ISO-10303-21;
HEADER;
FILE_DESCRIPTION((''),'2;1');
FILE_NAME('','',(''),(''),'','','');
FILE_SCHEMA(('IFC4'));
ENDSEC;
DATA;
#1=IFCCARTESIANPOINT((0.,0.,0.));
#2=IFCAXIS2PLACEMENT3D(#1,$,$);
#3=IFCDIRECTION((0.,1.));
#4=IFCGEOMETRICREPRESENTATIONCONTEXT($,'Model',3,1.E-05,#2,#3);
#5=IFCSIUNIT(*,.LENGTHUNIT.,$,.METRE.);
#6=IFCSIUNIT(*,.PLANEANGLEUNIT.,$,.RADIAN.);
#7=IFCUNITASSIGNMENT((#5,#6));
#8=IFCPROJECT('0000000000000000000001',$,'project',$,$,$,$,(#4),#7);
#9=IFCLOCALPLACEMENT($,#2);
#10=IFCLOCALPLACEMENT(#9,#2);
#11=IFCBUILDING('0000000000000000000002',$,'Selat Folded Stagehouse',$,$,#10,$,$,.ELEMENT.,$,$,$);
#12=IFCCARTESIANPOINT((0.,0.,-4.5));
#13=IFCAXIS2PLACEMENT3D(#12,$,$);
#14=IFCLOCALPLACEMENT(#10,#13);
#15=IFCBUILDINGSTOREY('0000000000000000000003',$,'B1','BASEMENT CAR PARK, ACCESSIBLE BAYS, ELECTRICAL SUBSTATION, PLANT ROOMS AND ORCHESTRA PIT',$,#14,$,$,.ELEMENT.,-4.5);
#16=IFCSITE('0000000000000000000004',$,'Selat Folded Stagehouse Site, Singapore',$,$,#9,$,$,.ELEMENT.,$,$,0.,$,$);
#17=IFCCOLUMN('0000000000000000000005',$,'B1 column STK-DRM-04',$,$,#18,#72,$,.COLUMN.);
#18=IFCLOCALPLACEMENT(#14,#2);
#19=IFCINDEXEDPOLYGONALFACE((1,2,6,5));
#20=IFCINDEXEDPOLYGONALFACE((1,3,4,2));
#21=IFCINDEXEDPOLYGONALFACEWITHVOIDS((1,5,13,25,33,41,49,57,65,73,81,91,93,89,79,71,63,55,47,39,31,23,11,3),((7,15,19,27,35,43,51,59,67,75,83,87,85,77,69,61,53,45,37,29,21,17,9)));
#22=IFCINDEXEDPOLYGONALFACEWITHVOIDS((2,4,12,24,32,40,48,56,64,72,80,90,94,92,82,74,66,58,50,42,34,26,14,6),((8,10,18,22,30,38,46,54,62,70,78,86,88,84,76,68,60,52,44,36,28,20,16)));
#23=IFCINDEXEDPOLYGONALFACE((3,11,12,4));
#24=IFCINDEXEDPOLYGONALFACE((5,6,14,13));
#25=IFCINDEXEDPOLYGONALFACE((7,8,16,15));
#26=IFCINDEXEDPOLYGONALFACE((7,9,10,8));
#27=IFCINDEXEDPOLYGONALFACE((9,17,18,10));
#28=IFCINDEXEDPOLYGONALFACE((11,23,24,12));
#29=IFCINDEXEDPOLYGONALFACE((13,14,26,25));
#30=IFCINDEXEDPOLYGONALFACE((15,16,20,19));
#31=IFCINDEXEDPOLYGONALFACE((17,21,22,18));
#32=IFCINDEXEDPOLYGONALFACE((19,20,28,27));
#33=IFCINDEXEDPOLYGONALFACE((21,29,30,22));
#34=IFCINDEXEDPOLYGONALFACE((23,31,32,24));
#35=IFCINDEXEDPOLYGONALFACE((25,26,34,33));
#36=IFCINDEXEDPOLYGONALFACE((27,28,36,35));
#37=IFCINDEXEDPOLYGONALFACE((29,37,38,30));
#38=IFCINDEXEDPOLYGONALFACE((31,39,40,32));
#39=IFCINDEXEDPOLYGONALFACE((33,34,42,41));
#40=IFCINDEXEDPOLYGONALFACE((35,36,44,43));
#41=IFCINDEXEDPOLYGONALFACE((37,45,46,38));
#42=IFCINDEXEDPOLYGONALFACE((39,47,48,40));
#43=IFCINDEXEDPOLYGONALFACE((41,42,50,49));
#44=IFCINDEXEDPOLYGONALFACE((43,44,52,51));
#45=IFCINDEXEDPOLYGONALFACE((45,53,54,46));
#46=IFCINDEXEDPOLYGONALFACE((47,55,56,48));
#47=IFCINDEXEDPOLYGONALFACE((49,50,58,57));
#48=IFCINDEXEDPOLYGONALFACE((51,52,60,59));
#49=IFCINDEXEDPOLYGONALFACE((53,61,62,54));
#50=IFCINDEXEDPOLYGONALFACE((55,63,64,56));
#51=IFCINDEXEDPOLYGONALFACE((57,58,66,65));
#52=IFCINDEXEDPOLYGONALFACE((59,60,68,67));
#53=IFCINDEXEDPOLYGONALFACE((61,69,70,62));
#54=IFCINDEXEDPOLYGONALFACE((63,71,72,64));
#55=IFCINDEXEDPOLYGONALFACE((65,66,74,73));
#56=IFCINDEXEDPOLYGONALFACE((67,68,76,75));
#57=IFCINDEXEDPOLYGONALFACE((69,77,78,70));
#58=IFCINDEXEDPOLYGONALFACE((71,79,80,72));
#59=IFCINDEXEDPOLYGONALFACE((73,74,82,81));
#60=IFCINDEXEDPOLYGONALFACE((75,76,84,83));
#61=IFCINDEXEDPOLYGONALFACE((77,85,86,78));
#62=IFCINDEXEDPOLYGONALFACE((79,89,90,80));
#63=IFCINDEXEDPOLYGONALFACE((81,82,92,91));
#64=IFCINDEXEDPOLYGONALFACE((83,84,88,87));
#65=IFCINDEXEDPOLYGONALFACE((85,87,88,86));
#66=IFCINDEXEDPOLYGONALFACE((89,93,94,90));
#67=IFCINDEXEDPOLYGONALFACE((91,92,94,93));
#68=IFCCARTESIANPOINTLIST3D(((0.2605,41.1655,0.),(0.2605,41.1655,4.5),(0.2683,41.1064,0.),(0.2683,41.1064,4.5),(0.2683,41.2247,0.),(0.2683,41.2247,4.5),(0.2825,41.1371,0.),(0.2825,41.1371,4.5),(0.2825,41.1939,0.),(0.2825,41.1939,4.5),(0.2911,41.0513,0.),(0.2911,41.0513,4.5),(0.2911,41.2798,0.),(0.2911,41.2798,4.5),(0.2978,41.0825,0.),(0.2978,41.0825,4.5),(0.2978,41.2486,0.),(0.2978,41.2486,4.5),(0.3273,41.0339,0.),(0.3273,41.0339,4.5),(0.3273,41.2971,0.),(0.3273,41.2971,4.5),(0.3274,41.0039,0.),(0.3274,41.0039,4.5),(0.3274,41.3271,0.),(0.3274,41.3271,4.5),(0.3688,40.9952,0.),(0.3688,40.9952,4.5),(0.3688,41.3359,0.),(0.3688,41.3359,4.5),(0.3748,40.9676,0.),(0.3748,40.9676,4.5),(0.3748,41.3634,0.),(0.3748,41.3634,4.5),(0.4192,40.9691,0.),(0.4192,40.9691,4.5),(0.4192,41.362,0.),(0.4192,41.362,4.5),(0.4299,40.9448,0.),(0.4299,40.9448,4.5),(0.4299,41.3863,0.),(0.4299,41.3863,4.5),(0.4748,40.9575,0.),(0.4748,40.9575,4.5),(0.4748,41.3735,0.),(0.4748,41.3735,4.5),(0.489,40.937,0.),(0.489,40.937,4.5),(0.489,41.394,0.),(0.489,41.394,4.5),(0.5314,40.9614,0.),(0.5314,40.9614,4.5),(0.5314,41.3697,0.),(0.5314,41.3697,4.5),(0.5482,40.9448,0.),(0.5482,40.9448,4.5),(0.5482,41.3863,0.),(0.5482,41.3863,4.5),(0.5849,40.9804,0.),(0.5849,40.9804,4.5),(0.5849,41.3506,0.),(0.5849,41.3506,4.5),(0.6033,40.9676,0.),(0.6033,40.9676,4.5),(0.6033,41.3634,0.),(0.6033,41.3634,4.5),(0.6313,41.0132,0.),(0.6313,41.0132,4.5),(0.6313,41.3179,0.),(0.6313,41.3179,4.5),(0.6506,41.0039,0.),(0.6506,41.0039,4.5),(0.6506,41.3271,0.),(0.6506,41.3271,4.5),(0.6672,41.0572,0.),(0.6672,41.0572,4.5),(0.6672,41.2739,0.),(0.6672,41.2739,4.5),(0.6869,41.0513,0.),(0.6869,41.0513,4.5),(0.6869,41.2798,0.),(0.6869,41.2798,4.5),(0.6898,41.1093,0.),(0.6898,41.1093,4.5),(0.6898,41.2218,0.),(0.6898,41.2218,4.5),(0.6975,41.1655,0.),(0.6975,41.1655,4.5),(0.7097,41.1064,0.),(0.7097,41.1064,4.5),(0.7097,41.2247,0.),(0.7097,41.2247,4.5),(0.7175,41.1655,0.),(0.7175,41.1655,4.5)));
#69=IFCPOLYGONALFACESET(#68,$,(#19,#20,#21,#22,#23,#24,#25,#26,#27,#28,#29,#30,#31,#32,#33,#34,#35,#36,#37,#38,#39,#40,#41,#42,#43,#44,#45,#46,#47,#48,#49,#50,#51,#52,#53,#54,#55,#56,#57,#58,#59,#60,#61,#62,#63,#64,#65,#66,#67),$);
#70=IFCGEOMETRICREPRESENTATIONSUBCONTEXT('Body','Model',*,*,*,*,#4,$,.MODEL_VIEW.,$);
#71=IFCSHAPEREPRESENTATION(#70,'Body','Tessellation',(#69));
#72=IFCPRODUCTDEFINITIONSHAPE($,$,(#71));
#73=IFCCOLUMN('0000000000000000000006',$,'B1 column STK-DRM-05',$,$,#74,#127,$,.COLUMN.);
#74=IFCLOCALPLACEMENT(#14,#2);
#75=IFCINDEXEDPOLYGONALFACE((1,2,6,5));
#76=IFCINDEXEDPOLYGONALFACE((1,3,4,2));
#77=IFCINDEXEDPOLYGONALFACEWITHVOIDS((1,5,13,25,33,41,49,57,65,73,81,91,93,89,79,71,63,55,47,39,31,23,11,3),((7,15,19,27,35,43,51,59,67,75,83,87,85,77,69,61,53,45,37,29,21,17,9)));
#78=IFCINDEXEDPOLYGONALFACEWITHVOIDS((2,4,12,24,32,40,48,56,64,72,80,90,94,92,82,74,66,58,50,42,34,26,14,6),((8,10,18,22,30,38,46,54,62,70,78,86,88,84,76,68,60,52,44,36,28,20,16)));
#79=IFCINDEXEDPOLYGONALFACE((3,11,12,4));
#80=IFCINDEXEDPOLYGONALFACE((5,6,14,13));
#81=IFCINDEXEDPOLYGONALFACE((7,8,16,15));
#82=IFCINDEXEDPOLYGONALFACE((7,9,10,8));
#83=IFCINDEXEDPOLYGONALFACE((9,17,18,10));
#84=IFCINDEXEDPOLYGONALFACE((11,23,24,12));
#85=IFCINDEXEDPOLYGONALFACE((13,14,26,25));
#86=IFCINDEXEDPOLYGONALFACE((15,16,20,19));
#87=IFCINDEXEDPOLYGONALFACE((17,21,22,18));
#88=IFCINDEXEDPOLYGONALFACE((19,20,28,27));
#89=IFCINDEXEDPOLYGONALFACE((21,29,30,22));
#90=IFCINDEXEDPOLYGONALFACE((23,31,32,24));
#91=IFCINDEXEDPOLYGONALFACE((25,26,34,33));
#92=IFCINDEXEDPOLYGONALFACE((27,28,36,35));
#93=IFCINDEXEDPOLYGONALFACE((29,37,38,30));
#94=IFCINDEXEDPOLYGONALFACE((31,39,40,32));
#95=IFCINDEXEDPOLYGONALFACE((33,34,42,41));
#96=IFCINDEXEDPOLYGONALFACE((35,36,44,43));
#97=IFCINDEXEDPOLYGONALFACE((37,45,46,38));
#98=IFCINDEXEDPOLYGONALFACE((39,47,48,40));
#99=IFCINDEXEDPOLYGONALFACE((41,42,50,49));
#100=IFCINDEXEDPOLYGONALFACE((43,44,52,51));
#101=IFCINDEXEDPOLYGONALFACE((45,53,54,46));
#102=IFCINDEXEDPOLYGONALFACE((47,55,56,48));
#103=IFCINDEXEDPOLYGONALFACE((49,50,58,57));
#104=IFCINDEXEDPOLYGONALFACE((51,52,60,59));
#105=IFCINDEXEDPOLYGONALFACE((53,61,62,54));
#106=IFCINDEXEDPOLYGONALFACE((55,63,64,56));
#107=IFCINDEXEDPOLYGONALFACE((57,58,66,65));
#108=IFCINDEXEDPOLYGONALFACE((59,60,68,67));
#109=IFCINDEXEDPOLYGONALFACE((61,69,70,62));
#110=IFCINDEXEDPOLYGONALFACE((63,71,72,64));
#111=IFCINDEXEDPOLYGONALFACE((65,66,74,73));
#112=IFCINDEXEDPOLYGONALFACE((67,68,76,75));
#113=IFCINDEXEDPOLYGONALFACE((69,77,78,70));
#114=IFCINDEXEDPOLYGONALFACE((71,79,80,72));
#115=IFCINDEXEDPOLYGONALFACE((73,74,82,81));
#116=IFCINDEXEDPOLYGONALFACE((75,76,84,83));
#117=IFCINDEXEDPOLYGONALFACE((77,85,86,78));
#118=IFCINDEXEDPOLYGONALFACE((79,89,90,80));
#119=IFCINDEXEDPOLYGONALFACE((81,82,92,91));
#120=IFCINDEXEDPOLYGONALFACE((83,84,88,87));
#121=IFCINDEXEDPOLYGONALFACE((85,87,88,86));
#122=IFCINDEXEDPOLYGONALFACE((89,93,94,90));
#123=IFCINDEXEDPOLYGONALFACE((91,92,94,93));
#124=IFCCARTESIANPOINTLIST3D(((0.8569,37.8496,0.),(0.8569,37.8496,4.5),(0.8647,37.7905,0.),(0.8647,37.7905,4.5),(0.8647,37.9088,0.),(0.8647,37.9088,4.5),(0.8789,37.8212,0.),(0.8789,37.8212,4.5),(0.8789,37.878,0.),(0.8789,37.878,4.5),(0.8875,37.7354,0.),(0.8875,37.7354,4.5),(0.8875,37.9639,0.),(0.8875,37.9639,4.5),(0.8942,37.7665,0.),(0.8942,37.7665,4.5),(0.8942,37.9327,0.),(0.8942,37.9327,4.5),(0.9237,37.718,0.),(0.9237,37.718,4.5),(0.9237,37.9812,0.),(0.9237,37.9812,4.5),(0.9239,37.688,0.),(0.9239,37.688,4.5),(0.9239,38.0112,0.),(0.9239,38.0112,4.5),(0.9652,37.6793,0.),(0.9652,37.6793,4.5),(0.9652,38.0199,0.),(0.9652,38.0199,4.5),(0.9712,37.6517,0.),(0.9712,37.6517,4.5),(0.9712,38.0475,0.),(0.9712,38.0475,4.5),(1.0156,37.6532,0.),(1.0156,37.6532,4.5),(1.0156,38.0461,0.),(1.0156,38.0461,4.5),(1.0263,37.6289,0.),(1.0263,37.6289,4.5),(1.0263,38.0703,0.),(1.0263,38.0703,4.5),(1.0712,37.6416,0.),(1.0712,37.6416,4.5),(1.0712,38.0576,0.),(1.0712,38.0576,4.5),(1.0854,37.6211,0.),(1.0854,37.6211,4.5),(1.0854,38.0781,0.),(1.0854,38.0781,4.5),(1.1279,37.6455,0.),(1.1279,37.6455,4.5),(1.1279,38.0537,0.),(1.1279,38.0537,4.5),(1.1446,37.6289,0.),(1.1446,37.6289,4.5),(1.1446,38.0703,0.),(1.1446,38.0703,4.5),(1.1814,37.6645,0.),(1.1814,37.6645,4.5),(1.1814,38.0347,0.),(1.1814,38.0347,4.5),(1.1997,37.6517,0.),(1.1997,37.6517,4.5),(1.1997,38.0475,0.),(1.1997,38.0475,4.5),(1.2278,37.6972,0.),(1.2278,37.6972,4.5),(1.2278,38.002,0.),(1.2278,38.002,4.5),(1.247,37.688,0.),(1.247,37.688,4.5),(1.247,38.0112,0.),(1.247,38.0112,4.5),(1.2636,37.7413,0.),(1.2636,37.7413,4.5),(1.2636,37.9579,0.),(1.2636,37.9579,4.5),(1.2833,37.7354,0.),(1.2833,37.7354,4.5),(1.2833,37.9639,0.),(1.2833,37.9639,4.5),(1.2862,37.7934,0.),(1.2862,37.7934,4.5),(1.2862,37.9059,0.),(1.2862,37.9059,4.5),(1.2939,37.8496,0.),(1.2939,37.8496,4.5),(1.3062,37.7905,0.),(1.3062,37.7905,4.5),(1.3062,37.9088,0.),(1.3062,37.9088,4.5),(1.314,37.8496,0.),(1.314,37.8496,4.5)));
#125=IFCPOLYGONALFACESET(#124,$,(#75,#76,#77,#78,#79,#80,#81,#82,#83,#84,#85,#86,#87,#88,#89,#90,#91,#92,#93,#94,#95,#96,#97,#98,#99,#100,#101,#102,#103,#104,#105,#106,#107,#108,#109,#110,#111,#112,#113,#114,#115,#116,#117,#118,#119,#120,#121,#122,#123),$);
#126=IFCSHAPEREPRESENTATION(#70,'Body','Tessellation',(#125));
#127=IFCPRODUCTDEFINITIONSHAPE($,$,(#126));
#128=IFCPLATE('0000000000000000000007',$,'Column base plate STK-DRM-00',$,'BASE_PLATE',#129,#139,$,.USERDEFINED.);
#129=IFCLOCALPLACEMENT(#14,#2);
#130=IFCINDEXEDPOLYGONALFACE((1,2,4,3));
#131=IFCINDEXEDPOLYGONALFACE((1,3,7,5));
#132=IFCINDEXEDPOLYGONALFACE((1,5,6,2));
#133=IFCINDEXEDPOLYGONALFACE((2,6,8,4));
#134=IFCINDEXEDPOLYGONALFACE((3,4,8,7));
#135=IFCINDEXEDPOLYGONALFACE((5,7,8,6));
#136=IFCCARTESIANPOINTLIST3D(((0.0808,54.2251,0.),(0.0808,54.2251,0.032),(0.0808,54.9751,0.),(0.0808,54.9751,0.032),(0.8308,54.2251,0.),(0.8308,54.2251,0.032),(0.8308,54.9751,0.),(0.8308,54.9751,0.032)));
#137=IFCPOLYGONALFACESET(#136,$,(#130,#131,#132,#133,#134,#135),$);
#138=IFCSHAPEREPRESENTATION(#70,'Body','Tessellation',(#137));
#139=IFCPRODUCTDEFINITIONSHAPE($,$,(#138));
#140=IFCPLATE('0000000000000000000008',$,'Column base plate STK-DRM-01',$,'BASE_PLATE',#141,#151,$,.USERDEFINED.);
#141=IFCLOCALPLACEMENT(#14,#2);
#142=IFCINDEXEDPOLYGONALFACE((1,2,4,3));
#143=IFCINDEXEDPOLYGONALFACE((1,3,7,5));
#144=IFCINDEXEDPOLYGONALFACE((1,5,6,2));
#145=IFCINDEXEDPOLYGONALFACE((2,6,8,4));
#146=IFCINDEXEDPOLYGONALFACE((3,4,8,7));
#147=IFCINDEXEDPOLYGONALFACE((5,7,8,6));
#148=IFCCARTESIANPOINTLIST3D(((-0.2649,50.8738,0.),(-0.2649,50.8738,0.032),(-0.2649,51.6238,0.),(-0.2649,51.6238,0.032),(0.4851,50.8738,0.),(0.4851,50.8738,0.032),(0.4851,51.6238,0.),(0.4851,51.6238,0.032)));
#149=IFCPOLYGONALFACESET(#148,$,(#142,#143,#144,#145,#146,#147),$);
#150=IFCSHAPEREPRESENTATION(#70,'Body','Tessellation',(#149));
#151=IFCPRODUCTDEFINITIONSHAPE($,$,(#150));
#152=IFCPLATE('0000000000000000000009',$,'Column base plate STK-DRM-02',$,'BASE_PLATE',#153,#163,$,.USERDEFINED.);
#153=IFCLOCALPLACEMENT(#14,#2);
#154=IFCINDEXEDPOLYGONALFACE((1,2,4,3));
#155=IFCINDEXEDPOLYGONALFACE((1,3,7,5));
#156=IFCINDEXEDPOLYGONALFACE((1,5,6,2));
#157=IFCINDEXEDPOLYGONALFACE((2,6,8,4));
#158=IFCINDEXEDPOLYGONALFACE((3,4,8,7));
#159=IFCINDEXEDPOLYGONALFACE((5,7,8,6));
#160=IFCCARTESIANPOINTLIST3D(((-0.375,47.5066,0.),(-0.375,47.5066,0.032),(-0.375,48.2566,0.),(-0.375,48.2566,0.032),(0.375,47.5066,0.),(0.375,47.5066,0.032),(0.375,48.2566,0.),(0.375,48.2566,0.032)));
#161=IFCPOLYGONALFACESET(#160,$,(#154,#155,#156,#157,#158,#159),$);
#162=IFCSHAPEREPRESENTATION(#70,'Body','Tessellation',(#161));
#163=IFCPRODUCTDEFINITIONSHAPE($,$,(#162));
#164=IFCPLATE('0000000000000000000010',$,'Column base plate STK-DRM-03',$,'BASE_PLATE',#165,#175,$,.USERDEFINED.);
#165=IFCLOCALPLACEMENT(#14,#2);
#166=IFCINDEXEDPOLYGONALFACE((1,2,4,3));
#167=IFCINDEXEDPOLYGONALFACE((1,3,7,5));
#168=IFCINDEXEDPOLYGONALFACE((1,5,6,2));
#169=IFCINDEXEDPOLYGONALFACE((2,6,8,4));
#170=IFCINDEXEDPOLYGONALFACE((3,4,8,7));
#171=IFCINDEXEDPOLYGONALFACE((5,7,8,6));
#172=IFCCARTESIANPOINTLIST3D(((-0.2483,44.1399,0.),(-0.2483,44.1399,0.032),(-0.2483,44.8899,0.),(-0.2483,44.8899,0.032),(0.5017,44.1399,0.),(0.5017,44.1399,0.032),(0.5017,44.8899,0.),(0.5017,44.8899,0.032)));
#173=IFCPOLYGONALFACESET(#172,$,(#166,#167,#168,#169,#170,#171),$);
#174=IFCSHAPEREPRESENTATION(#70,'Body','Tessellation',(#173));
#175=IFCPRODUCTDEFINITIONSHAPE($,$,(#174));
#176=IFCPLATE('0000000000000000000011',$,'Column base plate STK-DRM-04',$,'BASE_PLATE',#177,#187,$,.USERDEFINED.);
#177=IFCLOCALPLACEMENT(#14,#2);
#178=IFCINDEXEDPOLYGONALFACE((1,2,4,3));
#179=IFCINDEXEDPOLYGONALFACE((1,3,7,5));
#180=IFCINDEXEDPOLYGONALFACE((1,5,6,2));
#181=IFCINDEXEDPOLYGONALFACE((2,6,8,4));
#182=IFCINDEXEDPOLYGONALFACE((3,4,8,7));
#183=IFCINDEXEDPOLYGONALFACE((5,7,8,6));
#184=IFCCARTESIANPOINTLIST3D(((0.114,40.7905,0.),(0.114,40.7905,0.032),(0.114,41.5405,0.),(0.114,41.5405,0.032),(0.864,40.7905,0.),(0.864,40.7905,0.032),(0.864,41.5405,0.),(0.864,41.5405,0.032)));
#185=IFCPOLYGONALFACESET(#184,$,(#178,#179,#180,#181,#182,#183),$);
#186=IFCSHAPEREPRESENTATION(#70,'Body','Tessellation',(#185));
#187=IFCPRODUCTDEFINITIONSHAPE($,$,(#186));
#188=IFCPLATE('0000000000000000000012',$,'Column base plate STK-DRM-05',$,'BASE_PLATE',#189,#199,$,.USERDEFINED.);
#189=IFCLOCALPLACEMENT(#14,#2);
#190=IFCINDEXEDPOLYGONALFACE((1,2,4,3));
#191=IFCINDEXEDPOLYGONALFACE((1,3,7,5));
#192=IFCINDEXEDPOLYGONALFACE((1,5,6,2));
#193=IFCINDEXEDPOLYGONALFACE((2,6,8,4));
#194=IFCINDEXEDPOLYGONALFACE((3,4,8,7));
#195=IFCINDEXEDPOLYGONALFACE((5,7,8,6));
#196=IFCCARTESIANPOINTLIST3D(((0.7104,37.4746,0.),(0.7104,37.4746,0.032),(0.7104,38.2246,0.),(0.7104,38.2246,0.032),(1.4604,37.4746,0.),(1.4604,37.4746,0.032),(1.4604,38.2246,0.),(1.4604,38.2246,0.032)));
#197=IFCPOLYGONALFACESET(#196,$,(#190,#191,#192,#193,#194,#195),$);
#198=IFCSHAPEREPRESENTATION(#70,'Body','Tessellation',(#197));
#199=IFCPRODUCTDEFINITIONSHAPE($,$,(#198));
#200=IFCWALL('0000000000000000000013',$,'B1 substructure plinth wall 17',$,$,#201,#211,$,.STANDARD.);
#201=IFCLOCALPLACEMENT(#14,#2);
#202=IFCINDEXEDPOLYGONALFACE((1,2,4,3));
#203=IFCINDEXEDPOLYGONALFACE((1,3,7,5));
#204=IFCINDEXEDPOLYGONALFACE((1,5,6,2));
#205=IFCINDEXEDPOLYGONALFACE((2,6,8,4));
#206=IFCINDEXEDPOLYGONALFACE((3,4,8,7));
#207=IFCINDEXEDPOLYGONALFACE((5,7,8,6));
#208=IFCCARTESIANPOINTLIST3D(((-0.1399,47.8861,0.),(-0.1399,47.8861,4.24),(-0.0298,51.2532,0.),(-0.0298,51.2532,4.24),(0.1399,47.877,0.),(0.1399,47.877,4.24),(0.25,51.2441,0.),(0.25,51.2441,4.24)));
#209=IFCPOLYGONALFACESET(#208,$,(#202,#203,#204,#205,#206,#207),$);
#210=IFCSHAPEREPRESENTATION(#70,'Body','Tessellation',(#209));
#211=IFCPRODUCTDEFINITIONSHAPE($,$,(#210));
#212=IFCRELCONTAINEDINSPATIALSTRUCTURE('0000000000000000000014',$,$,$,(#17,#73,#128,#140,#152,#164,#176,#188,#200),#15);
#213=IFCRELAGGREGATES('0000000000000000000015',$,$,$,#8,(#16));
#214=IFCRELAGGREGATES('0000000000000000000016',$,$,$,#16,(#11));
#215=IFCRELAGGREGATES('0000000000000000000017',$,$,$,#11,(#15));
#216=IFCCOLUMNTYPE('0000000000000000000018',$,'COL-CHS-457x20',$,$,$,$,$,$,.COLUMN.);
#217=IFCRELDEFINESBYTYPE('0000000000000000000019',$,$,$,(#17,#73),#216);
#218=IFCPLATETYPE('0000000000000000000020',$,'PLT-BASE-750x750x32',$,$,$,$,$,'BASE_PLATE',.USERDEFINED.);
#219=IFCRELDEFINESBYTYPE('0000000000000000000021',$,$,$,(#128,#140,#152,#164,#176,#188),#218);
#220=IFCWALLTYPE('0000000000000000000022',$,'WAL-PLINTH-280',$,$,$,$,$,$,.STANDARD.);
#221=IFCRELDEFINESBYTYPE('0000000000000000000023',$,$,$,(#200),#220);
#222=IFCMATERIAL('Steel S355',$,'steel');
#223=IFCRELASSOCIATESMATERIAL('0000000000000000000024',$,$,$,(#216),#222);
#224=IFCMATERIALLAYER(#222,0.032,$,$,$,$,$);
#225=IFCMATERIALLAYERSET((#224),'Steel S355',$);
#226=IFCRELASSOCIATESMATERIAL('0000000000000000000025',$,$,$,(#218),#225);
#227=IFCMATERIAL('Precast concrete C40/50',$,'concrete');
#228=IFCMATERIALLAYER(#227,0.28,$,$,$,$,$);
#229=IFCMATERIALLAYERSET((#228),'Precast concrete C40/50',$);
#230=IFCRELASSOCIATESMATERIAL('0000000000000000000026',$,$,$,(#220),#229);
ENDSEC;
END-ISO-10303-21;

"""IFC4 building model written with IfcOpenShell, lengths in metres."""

from ifc_helpers import new_model, si_unit, direction, frame, frame_2d, origin, origin_2d, place, context, subcontext, project, spatial, rectangle, hollow_circle, extrude, material, layer, layer_set, material_profile, profile_set, type_object, element, save


model = new_model("IFC4")

# Units and contexts
model_context = context("Model", 3, precision=1e-05, world=origin(), true_north=direction((0.0, 1.0)))
body_context = subcontext(model_context, "Body", "Model", "MODEL_VIEW")
ifc_project = project(units=[si_unit("LENGTHUNIT", "METRE"), si_unit("PLANEANGLEUNIT", "RADIAN")], contexts=[model_context])

# Site, building, storey
site_placement = place(None, origin())
site = spatial("IfcSite", under=ifc_project, at=site_placement, Name="Selat Folded Stagehouse Site, Singapore", CompositionType="ELEMENT", RefElevation=0.0)
building_placement = place(site_placement, origin())
building = spatial("IfcBuilding", under=site, at=building_placement, Name="Selat Folded Stagehouse", CompositionType="ELEMENT")
storey_placement = place(building_placement, frame((0.0, 0.0, -4.5)))
storey = spatial("IfcBuildingStorey", under=building, at=storey_placement, Name="B1", Description="BASEMENT CAR PARK, ACCESSIBLE BAYS, ELECTRICAL SUBSTATION, PLANT ROOMS AND ORCHESTRA PIT", CompositionType="ELEMENT", Elevation=-4.5)

# Columns
ifc_material_1 = material(Name="Steel S355", Category="steel")
ifc_material_profile_1 = material_profile(ifc_material_1, hollow_circle(Radius=0.2285, WallThickness=0.02, at=origin_2d()), Name="CHS 457.0x20.0")
ifc_profile_set_1 = profile_set([ifc_material_profile_1], Name="Steel S355")
column_type = type_object("IfcColumnType", Name="COL-CHS-457x20", PredefinedType="COLUMN", material=ifc_profile_set_1)
for number, where, z_axis, x_axis, name in (
    (1, (0.489, 41.1655, 0.0), (0.0, 0.0, 1.0), (1.0, 0.0, 0.0), "B1 column STK-DRM-04"),
    (2, (1.0854, 37.8496, 0.0), (0.0, 0.0, 1.0), (1.0, 0.0, 0.0), "B1 column STK-DRM-05"),
):
    element("IfcColumn", number, at=place(storey_placement, frame(where, z_axis=z_axis, x_axis=x_axis)), inside=storey, type_object=column_type, Name=name, PredefinedType="COLUMN", context=body_context, shape_type="SweptSolid", body=[
        extrude(hollow_circle(Radius=0.2285, WallThickness=0.02, at=origin_2d()), origin(), (0.0, 0.0, 1.0), 4.5),
    ])

# Plates
ifc_layer_1 = layer(ifc_material_1, 0.032)
ifc_layer_set_1 = layer_set([ifc_layer_1], Name="Steel S355")
plate_type = type_object("IfcPlateType", Name="PLT-BASE-750x750x32", ElementType="BASE_PLATE", PredefinedType="USERDEFINED", material=ifc_layer_set_1)
for number, where, z_axis, x_axis, name in (
    (3, (0.4558, 54.6001, 0.0), (0.0, 0.0, 1.0), (1.0, 0.0, 0.0), "Column base plate STK-DRM-00"),
    (4, (0.1101, 51.2488, 0.0), (0.0, 0.0, 1.0), (1.0, 0.0, 0.0), "Column base plate STK-DRM-01"),
    (5, (0.0, 47.8816, 0.0), (0.0, 0.0, 1.0), (1.0, 0.0, 0.0), "Column base plate STK-DRM-02"),
    (6, (0.1267, 44.5149, 0.0), (0.0, 0.0, 1.0), (1.0, 0.0, 0.0), "Column base plate STK-DRM-03"),
    (7, (0.489, 41.1655, 0.0), (0.0, 0.0, 1.0), (1.0, 0.0, 0.0), "Column base plate STK-DRM-04"),
    (8, (1.0854, 37.8496, 0.0), (0.0, 0.0, 1.0), (1.0, 0.0, 0.0), "Column base plate STK-DRM-05"),
):
    element("IfcPlate", number, at=place(storey_placement, frame(where, z_axis=z_axis, x_axis=x_axis)), inside=storey, type_object=plate_type, Name=name, ObjectType="BASE_PLATE", PredefinedType="USERDEFINED", context=body_context, shape_type="SweptSolid", body=[
        extrude(rectangle(XDim=0.75, YDim=0.75, at=origin_2d()), origin(), (0.0, 0.0, 1.0), 0.032),
    ])

# Wall
ifc_material_2 = material(Name="Precast concrete C40/50", Category="concrete")
ifc_layer_2 = layer(ifc_material_2, 0.28)
ifc_layer_set_2 = layer_set([ifc_layer_2], Name="Precast concrete C40/50")
wall_type = type_object("IfcWallType", Name="WAL-PLINTH-280", PredefinedType="STANDARD", material=ifc_layer_set_2)
wall_1_placement = place(storey_placement, frame((0.1101, 51.2488, 0.0), z_axis=(0.0, 0.0, 1.0), x_axis=(-0.032683, -0.999466, 0.0)))
element("IfcWall", 9, at=wall_1_placement, inside=storey, type_object=wall_type, Name="B1 substructure plinth wall 17", PredefinedType="STANDARD", context=body_context, shape_type="SweptSolid", body=[
    extrude(rectangle(XDim=3.3689, YDim=0.28, at=frame_2d((1.6846, 0.0))), origin(), (0.0, 0.0, 1.0), 4.24),
])

save(model, "model.ifc")
